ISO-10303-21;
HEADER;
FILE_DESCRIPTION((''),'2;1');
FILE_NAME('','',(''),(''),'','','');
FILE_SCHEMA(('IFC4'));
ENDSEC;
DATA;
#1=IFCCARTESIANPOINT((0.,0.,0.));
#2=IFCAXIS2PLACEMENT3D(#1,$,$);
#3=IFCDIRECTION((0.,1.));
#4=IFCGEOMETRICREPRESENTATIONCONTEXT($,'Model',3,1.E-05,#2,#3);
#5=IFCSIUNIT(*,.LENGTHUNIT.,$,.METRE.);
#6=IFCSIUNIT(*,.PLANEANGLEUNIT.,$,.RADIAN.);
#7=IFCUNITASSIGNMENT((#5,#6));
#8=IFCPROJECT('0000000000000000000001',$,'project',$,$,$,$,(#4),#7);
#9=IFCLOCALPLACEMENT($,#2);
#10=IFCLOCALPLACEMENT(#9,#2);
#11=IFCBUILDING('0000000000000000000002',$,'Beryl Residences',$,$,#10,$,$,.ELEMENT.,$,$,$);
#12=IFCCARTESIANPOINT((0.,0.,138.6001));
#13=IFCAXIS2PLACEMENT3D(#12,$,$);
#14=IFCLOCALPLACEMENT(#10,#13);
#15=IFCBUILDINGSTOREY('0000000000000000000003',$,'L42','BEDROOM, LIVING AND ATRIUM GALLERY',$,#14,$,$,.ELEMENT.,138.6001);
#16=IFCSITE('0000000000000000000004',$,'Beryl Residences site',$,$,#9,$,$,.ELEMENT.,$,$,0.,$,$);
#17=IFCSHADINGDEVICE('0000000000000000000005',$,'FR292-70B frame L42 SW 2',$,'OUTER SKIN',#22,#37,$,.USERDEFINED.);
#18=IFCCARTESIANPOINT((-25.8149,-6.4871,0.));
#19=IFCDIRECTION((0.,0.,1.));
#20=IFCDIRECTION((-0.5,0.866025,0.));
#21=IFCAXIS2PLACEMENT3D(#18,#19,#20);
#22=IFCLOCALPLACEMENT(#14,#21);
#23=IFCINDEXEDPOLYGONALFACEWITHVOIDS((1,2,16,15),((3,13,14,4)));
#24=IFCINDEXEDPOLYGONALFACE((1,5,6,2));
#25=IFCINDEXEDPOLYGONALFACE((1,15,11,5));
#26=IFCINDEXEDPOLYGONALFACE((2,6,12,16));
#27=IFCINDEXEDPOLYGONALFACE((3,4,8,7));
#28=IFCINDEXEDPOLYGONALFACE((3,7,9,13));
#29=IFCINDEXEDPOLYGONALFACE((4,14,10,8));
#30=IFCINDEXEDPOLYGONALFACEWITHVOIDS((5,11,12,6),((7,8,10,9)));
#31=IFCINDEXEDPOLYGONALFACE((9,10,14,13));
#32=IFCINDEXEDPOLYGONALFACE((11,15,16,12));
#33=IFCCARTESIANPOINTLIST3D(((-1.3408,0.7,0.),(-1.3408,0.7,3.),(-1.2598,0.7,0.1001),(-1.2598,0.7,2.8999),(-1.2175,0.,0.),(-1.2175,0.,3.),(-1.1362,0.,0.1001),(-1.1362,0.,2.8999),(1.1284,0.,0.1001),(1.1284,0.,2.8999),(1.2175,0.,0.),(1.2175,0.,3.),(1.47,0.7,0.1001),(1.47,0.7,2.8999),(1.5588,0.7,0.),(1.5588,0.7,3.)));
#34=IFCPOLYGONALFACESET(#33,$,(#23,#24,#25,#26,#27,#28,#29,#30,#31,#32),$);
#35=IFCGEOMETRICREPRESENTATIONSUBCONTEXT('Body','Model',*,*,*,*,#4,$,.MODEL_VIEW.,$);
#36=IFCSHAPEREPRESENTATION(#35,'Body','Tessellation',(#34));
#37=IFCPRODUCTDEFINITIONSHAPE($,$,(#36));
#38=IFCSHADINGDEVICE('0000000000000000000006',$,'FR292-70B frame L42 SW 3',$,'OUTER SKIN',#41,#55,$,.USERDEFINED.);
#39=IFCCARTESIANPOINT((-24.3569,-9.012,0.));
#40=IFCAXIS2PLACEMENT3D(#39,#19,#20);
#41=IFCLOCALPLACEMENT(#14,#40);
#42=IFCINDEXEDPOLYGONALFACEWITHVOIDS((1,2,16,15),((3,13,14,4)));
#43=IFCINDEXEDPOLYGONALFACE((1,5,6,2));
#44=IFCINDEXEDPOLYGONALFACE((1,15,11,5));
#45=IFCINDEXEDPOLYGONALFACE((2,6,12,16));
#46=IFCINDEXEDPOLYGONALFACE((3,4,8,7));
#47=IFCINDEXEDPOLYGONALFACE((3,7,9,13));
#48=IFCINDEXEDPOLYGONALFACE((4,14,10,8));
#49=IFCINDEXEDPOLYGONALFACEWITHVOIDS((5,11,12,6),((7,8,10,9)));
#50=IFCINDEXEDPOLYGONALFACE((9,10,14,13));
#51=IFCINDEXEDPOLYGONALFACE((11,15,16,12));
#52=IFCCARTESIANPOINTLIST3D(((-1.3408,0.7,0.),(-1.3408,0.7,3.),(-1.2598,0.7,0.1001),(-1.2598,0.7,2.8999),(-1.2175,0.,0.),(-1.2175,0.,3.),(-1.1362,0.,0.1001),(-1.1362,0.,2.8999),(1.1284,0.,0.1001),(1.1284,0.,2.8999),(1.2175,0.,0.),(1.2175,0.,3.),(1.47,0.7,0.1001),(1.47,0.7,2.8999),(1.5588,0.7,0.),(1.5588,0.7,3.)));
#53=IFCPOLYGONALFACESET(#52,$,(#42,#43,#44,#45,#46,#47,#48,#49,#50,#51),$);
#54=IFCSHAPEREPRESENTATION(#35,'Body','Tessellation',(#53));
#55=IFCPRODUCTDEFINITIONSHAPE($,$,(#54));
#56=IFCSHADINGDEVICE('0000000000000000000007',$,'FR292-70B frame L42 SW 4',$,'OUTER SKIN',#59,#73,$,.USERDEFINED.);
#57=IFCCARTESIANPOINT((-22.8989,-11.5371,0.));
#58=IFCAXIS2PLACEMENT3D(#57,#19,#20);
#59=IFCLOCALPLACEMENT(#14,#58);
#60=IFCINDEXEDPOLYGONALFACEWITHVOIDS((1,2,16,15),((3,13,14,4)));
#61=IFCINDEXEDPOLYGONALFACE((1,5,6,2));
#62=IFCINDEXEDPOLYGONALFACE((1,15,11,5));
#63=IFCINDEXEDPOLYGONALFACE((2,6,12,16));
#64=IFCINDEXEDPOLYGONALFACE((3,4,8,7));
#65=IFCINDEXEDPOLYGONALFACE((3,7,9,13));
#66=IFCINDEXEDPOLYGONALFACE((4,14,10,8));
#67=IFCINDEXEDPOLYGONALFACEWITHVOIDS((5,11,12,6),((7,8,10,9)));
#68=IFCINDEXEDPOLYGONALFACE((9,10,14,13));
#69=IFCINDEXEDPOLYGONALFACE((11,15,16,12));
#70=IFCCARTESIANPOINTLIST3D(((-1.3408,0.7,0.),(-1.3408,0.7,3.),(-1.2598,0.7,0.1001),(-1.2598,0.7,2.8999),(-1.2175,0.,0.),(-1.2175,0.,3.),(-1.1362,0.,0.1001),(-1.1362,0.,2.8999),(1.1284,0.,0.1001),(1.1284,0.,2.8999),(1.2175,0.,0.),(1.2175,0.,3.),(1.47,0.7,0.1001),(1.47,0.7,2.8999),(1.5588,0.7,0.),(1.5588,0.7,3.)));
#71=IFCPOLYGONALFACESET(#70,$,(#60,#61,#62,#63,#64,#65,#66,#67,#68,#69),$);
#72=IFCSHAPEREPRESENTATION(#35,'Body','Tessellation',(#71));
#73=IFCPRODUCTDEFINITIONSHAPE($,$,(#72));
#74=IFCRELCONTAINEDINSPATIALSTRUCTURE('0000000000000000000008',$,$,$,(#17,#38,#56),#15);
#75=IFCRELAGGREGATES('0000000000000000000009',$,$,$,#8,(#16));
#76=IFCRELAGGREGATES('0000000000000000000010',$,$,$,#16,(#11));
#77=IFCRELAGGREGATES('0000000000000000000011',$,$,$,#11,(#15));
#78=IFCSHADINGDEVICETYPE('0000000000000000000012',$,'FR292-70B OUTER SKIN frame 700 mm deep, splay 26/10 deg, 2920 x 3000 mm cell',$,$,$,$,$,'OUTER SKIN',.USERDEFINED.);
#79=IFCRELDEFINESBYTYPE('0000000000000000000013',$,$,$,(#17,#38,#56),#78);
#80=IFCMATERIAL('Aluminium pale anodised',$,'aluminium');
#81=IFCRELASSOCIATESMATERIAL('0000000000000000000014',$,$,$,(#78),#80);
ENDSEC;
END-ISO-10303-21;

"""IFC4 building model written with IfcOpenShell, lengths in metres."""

from ifc_helpers import new_model, entity, si_unit, direction, frame, origin, place, context, subcontext, project, spatial, source, transform, mapped, material, type_object, type_shapes, element, save


model = new_model("IFC4")

# Units and contexts
model_context = context("Model", 3, precision=1e-05, world=origin(), true_north=direction((0.0, 1.0)))
body_context = subcontext(model_context, "Body", "Model", "MODEL_VIEW")
ifc_project = project(units=[si_unit("LENGTHUNIT", "METRE"), si_unit("PLANEANGLEUNIT", "RADIAN")], contexts=[model_context])

# Site, building, storey
site_placement = place(None, origin())
site = spatial("IfcSite", under=ifc_project, at=site_placement, Name="Beryl Residences site", CompositionType="ELEMENT", RefElevation=0.0)
building_placement = place(site_placement, origin())
building = spatial("IfcBuilding", under=site, at=building_placement, Name="Beryl Residences", CompositionType="ELEMENT")
storey_placement = place(building_placement, frame((0.0, 0.0, 138.6001)))
storey = spatial("IfcBuildingStorey", under=building, at=storey_placement, Name="L42", Description="BEDROOM, LIVING AND ATRIUM GALLERY", CompositionType="ELEMENT", Elevation=138.6001)

# Shading devices
ifc_material_1 = material(Name="Aluminium pale anodised", Category="aluminium")
shading_device_type = type_object("IfcShadingDeviceType", Name="FR292-70B OUTER SKIN frame 700 mm deep, splay 26/10 deg, 2920 x 3000 mm cell", ElementType="OUTER SKIN", PredefinedType="USERDEFINED", material=ifc_material_1)
cartesian_point_1 = entity("IfcCartesianPoint", [-1.2175, 0.0])
cartesian_point_2 = entity("IfcCartesianPoint", [-1.1284, 0.1001])
cartesian_point_3 = entity("IfcCartesianPoint", [-1.5588, 0.0])
cartesian_point_4 = entity("IfcCartesianPoint", [-1.47, 0.1001])
shared_shape = source(origin(), body_context, "Body", "SweptSolid", [
    entity("IfcExtrudedAreaSolidTapered", entity("IfcArbitraryProfileDefWithVoids", "AREA", None, entity("IfcPolyline", [cartesian_point_1, entity("IfcCartesianPoint", [1.2175, 0.0]), entity("IfcCartesianPoint", [1.2175, 3.0]), entity("IfcCartesianPoint", [-1.2175, 3.0]), cartesian_point_1]), [entity("IfcPolyline", [cartesian_point_2, entity("IfcCartesianPoint", [1.1362, 0.1001]), entity("IfcCartesianPoint", [1.1362, 2.8999]), entity("IfcCartesianPoint", [-1.1284, 2.8999]), cartesian_point_2])]), entity("IfcAxis2Placement3D", entity("IfcCartesianPoint", [0.0, 0.0, 0.0]), entity("IfcDirection", [0.0, 1.0, 0.0]), entity("IfcDirection", [-1.0, 0.0, 0.0])), entity("IfcDirection", [0.0, 0.0, 1.0]), 0.7, entity("IfcArbitraryProfileDefWithVoids", "AREA", None, entity("IfcPolyline", [cartesian_point_3, entity("IfcCartesianPoint", [1.3408, 0.0]), entity("IfcCartesianPoint", [1.3408, 3.0]), entity("IfcCartesianPoint", [-1.5588, 3.0]), cartesian_point_3]), [entity("IfcPolyline", [cartesian_point_4, entity("IfcCartesianPoint", [1.2598, 0.1001]), entity("IfcCartesianPoint", [1.2598, 2.8999]), entity("IfcCartesianPoint", [-1.47, 2.8999]), cartesian_point_4])])),
])
type_shapes(shading_device_type, [shared_shape])
for number, where, z_axis, x_axis, name in (
    (1, (-25.8149, -6.4871, 0.0), (0.0, 0.0, 1.0), (-0.5, 0.866025, 0.0), "FR292-70B frame L42 SW 2"),
    (2, (-24.3569, -9.012, 0.0), (0.0, 0.0, 1.0), (-0.5, 0.866025, 0.0), "FR292-70B frame L42 SW 3"),
    (3, (-22.8989, -11.5371, 0.0), (0.0, 0.0, 1.0), (-0.5, 0.866025, 0.0), "FR292-70B frame L42 SW 4"),
):
    element("IfcShadingDevice", number, at=place(storey_placement, frame(where, z_axis=z_axis, x_axis=x_axis)), inside=storey, type_object=shading_device_type, Name=name, ObjectType="OUTER SKIN", PredefinedType="USERDEFINED", context=body_context, shape_type="MappedRepresentation", body=[
        mapped(shared_shape, transform((0.0, 0.0, 0.0))),
    ])

save(model, "model.ifc")
